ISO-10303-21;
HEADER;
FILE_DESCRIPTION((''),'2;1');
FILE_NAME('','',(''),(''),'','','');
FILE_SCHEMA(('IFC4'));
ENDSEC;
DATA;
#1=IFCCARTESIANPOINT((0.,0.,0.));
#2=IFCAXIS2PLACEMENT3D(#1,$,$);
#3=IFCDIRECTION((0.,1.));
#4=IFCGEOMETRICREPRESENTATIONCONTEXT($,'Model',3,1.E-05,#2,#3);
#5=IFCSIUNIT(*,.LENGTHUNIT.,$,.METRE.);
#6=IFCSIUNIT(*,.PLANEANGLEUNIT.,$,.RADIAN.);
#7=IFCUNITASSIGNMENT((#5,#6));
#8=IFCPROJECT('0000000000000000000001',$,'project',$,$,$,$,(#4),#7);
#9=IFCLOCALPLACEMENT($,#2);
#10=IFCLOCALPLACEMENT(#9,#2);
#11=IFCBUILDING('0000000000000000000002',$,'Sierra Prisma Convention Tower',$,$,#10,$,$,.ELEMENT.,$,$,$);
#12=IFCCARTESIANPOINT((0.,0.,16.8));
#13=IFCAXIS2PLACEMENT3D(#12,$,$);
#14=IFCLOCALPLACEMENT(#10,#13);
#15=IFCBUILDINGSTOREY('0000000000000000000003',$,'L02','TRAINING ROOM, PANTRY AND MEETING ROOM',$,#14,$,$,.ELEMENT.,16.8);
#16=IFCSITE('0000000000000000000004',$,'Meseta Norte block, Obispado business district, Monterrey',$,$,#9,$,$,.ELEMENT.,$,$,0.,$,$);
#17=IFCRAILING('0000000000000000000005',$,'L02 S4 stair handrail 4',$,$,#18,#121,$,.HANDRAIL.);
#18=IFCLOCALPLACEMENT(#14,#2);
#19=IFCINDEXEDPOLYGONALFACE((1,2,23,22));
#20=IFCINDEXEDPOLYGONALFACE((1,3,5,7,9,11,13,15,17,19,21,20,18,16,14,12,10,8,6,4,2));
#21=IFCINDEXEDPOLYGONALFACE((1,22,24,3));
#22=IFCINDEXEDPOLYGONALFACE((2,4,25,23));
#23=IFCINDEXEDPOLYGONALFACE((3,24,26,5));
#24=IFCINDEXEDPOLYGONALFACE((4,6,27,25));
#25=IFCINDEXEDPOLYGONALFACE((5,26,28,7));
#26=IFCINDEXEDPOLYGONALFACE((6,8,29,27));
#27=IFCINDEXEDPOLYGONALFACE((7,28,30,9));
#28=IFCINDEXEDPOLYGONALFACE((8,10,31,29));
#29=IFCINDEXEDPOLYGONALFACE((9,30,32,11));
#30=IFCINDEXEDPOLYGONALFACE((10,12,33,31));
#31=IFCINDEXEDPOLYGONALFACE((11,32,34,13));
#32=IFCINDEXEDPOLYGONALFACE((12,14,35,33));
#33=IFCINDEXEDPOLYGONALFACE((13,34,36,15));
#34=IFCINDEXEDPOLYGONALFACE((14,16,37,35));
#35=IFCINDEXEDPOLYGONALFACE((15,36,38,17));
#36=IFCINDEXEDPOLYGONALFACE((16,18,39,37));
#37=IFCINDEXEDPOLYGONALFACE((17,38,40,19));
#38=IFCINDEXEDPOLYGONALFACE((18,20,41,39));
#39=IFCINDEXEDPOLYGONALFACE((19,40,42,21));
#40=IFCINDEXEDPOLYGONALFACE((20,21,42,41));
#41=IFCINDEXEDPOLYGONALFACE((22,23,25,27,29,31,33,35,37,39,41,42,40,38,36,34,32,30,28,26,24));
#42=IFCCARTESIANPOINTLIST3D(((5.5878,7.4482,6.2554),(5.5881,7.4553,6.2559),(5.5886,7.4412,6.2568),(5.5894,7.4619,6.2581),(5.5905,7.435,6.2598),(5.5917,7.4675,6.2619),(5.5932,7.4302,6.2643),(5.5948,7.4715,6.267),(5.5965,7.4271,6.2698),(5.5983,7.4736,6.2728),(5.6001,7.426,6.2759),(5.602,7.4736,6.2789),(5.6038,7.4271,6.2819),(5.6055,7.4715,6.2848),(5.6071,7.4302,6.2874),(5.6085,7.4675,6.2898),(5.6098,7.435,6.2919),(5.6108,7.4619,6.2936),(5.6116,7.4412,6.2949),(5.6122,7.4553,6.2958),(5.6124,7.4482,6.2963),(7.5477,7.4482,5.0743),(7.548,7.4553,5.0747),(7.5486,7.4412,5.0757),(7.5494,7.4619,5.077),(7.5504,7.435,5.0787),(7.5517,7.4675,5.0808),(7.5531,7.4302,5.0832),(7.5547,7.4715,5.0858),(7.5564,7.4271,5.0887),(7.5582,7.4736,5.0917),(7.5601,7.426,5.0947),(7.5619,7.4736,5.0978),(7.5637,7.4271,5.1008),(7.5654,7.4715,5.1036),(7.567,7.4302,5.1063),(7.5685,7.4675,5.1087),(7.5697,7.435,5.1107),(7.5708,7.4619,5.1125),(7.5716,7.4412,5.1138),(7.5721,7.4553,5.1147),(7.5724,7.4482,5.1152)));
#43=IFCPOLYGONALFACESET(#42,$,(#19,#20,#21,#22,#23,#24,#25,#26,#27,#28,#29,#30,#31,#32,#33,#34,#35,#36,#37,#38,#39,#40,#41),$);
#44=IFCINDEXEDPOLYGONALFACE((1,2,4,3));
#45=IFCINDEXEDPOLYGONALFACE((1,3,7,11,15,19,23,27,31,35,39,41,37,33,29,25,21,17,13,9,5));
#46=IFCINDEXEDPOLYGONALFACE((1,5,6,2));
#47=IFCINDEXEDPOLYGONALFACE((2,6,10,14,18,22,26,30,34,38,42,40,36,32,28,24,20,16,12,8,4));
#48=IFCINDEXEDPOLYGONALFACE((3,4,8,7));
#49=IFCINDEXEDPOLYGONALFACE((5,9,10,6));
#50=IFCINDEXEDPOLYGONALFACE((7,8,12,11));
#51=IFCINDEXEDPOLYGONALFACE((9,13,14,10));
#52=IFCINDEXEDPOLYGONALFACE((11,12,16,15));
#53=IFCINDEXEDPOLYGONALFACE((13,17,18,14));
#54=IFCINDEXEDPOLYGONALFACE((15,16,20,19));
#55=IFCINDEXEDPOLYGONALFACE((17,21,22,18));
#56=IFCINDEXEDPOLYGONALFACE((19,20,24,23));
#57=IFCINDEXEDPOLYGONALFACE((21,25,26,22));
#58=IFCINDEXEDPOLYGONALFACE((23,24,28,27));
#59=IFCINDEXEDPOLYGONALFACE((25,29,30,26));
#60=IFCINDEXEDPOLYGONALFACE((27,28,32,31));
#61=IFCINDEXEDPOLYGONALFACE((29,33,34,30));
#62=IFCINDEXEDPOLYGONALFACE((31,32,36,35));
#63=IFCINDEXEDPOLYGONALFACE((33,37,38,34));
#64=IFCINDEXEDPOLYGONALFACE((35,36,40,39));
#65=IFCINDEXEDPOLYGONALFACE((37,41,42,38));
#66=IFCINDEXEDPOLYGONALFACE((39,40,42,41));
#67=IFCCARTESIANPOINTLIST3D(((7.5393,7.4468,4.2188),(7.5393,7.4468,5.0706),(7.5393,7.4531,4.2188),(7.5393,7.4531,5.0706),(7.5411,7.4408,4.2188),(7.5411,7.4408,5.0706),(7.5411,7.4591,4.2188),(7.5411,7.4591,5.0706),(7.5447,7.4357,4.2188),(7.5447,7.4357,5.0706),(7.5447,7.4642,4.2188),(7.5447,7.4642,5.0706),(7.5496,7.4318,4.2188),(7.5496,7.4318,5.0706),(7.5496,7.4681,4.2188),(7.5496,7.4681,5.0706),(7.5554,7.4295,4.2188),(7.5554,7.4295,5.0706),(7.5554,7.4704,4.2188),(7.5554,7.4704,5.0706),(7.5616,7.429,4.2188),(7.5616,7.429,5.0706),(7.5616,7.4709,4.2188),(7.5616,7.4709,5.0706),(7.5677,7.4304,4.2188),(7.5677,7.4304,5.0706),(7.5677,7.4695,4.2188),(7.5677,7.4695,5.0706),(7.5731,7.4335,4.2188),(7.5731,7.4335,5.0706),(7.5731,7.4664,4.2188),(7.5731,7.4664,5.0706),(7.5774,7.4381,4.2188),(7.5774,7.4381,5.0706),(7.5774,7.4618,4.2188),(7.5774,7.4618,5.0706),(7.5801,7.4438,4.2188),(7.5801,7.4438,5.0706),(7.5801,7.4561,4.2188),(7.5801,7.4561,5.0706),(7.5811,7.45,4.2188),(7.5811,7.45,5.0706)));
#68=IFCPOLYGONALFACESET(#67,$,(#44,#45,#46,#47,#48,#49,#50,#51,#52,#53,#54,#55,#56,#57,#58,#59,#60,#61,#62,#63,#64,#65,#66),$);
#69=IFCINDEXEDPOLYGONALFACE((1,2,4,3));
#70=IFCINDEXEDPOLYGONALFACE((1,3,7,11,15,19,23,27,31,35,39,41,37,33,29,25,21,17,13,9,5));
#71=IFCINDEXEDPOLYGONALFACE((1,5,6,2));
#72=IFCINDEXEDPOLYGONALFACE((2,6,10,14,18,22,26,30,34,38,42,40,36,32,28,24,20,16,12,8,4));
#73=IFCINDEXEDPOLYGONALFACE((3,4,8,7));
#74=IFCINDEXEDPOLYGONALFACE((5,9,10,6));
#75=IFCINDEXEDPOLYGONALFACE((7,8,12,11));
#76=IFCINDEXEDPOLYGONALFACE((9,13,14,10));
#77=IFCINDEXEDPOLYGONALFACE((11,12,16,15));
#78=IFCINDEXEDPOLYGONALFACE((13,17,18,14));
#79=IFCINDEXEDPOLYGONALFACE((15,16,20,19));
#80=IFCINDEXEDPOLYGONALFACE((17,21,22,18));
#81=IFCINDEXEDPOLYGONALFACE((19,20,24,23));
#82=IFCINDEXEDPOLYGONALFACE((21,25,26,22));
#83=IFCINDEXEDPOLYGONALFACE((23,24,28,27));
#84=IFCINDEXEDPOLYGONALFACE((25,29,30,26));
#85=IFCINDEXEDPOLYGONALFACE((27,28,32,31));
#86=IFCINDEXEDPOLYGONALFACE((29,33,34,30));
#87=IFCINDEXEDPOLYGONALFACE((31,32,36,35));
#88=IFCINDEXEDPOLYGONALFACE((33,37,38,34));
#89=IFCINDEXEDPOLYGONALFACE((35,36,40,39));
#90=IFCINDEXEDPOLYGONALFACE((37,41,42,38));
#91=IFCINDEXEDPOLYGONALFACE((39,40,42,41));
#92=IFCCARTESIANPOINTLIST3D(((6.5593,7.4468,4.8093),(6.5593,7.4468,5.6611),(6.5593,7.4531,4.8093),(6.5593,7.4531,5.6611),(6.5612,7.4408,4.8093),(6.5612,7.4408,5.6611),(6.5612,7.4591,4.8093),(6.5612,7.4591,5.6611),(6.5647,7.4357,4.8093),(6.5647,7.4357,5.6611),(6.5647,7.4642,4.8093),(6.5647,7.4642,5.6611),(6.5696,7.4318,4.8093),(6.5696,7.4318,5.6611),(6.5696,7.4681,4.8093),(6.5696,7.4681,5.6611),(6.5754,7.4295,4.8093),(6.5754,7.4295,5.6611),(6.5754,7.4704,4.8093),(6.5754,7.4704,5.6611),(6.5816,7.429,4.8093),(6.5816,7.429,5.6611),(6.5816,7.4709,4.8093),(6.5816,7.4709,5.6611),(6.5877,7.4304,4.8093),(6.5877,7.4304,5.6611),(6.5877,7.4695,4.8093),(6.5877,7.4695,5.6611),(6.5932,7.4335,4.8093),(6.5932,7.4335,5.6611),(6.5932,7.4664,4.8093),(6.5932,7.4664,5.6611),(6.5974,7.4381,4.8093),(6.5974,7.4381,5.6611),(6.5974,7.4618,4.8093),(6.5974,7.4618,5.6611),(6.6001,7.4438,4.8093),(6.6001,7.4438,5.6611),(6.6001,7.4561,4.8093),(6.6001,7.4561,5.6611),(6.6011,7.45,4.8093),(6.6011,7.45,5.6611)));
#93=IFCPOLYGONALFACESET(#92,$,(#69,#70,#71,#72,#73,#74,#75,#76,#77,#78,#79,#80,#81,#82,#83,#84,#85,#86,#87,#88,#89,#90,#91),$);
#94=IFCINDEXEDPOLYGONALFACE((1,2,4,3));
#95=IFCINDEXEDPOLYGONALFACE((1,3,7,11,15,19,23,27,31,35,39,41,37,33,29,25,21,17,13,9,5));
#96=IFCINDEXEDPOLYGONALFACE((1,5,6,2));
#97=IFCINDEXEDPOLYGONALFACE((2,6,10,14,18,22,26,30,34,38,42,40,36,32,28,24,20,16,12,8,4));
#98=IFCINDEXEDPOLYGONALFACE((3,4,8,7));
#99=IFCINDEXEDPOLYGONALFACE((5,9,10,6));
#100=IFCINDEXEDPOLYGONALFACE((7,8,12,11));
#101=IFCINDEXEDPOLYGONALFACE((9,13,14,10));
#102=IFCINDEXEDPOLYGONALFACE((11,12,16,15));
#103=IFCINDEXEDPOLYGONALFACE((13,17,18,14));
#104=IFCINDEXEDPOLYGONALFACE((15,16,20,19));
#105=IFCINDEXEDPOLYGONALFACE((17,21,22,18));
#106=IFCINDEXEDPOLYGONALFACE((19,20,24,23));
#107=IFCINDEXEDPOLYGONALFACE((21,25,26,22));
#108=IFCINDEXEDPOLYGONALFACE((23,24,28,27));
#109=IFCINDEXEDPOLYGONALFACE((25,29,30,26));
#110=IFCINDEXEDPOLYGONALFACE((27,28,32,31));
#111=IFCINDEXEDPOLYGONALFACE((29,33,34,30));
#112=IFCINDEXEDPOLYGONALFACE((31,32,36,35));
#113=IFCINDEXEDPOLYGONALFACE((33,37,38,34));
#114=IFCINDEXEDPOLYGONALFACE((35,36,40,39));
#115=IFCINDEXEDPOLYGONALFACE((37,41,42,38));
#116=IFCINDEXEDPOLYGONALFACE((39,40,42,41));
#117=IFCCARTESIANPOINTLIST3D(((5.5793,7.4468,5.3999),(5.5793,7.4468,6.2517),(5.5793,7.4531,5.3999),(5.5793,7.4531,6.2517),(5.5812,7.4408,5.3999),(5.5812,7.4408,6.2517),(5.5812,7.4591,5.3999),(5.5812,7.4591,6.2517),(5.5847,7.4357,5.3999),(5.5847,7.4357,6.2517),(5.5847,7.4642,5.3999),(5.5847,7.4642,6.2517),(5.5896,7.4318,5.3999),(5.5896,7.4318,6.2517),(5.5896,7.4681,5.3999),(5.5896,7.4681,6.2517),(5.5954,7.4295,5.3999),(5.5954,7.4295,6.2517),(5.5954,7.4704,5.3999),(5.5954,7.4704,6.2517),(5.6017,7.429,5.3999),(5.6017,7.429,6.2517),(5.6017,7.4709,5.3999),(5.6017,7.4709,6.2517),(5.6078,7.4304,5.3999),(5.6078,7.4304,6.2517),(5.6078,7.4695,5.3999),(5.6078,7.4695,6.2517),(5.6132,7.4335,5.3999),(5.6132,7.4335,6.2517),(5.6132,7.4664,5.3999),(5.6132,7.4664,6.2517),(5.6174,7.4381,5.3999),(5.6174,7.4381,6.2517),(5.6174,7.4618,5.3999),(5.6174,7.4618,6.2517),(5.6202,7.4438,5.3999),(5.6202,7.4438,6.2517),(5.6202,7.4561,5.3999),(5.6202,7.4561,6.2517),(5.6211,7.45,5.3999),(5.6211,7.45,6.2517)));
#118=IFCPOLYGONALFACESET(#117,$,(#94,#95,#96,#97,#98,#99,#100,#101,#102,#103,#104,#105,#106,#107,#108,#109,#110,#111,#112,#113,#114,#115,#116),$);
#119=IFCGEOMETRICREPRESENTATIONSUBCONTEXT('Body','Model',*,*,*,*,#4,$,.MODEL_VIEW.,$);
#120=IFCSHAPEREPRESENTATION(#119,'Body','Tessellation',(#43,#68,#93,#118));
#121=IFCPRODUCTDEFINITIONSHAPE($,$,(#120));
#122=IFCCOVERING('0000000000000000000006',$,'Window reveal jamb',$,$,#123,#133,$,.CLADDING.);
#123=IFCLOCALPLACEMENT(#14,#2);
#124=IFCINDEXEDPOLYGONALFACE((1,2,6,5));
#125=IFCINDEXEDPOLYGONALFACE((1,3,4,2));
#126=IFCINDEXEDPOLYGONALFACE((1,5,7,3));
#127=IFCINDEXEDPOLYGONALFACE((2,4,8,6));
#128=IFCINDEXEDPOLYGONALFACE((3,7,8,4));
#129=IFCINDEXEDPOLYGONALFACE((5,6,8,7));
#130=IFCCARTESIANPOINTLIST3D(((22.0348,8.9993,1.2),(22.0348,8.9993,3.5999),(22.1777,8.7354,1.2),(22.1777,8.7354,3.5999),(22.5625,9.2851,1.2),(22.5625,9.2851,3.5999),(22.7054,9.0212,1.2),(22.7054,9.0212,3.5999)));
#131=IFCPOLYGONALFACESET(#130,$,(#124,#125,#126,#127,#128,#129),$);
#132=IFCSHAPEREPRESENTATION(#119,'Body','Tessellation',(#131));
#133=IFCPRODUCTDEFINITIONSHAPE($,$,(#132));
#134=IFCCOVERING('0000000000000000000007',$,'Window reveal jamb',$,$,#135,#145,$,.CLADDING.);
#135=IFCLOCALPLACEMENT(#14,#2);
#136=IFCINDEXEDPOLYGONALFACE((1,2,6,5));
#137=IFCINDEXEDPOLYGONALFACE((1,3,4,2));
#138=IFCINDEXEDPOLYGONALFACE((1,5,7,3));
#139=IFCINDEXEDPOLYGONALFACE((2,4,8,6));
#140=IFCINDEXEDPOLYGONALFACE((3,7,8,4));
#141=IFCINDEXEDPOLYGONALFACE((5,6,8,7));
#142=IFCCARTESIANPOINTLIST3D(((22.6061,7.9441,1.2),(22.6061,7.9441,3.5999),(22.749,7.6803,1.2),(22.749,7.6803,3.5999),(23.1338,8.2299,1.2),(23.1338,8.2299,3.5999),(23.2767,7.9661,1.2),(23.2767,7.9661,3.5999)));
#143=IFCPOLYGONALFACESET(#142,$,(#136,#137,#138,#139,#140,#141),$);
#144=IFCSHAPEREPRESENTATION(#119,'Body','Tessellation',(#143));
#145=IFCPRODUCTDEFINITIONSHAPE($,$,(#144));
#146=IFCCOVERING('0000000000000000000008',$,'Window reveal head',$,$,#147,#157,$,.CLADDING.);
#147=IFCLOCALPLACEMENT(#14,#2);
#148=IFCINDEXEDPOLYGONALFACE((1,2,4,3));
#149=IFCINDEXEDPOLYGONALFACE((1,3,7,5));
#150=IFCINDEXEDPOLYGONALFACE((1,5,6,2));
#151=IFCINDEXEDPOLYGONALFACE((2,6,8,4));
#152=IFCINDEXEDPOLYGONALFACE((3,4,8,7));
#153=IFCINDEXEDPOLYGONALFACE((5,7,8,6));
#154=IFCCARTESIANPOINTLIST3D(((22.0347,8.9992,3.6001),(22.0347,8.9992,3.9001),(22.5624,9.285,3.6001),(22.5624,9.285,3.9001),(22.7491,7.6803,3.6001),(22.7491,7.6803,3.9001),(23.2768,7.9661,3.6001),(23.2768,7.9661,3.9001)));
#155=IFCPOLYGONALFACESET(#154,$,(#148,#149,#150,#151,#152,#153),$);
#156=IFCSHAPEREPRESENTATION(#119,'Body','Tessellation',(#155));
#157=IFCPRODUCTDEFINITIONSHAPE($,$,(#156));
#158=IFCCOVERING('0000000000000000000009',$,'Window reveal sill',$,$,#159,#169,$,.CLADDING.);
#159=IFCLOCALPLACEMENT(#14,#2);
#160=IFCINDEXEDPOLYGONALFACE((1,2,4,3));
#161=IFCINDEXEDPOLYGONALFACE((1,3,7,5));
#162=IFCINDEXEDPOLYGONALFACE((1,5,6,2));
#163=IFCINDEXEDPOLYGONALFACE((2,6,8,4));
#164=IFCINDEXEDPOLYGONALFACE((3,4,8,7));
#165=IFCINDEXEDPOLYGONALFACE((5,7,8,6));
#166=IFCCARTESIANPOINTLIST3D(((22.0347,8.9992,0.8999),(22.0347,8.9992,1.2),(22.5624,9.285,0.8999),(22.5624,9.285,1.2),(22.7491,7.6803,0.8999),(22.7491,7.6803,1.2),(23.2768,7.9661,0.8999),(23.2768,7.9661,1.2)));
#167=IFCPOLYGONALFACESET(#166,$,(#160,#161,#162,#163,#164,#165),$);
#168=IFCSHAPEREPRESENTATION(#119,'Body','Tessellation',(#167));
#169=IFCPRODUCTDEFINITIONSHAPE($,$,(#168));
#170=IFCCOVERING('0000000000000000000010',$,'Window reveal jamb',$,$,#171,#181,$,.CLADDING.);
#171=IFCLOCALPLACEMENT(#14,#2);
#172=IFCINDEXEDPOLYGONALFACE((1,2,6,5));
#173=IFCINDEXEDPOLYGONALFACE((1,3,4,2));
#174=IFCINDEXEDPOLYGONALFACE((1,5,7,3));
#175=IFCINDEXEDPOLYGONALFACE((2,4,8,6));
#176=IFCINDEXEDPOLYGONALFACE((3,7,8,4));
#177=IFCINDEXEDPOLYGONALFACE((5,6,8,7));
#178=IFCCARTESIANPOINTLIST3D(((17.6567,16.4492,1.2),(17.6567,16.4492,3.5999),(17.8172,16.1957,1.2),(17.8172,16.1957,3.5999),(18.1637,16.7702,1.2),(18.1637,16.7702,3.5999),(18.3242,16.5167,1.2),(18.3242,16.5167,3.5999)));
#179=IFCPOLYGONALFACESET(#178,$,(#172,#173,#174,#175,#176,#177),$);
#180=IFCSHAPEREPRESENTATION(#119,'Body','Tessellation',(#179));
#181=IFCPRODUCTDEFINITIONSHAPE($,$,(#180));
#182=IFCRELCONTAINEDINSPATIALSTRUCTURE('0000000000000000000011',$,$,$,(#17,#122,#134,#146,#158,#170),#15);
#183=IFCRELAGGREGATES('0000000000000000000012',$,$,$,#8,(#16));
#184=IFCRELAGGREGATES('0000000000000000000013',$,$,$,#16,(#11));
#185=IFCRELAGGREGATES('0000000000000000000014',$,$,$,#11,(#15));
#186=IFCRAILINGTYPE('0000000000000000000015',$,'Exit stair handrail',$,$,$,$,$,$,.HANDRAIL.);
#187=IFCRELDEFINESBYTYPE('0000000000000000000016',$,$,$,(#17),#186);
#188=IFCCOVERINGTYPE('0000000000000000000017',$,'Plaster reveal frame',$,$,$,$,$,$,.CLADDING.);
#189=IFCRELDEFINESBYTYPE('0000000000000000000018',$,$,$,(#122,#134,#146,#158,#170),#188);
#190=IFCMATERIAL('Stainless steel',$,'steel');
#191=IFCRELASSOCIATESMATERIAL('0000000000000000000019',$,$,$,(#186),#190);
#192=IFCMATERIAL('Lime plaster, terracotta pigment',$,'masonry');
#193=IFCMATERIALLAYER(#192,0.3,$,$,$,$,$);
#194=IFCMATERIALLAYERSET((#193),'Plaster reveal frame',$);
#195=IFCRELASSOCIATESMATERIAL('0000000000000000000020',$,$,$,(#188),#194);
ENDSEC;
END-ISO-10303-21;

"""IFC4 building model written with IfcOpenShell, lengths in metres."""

from ifc_helpers import new_model, si_unit, direction, frame, origin, origin_2d, place, context, subcontext, project, spatial, rectangle, circle, extrude, material, layer, layer_set, type_object, element, save


model = new_model("IFC4")

# Units and contexts
model_context = context("Model", 3, precision=1e-05, world=origin(), true_north=direction((0.0, 1.0)))
body_context = subcontext(model_context, "Body", "Model", "MODEL_VIEW")
ifc_project = project(units=[si_unit("LENGTHUNIT", "METRE"), si_unit("PLANEANGLEUNIT", "RADIAN")], contexts=[model_context])

# Site, building, storey
site_placement = place(None, origin())
site = spatial("IfcSite", under=ifc_project, at=site_placement, Name="Meseta Norte block, Obispado business district, Monterrey", CompositionType="ELEMENT", RefElevation=0.0)
building_placement = place(site_placement, origin())
building = spatial("IfcBuilding", under=site, at=building_placement, Name="Sierra Prisma Convention Tower", CompositionType="ELEMENT")
storey_placement = place(building_placement, frame((0.0, 0.0, 16.8)))
storey = spatial("IfcBuildingStorey", under=building, at=storey_placement, Name="L02", Description="TRAINING ROOM, PANTRY AND MEETING ROOM", CompositionType="ELEMENT", Elevation=16.8)

# Railing
ifc_material_1 = material(Name="Stainless steel", Category="steel")
railing_type_1 = type_object("IfcRailingType", Name="Exit stair handrail", PredefinedType="HANDRAIL", material=ifc_material_1)
for number, where, name in (
    (1, (7.5601, 7.45, 4.2188), "L02 S4 stair handrail 4"),
):
    element("IfcRailing", number, at=place(storey_placement, frame(where)), inside=storey, type_object=railing_type_1, Name=name, PredefinedType="HANDRAIL", context=body_context, shape_type="SweptSolid", body=[
        extrude(circle(Radius=0.0239, at=origin_2d()), frame((0.0, 0.0, 0.876), z_axis=(-0.856493, 0.0, 0.516158), x_axis=(0.0, -1.0, 0.0)), (0.0, 0.0, 1.0), 2.2883),
        extrude(circle(Radius=0.021, at=origin_2d()), origin(), (0.0, 0.0, 1.0), 0.8518),
        extrude(circle(Radius=0.021, at=origin_2d()), frame((-0.98, 0.0, 0.5906)), (0.0, 0.0, 1.0), 0.8518),
        extrude(circle(Radius=0.021, at=origin_2d()), frame((-1.96, 0.0, 1.1812)), (0.0, 0.0, 1.0), 0.8518),
    ])

# Coverings
ifc_material_2 = material(Name="Lime plaster, terracotta pigment", Category="masonry")
ifc_layer_1 = layer(ifc_material_2, 0.3)
ifc_layer_set_1 = layer_set([ifc_layer_1], Name="Plaster reveal frame")
covering_type = type_object("IfcCoveringType", Name="Plaster reveal frame", PredefinedType="CLADDING", material=ifc_layer_set_1)
for number, where, z_axis, x_axis, name in (
    (2, (22.3701, 9.0103, 1.2), (0.0, 0.0, 1.0), (0.476257, -0.879306, 0.0), "Window reveal jamb"),
    (3, (22.9414, 7.9551, 1.2), (0.0, 0.0, 1.0), (0.476257, -0.879306, 0.0), "Window reveal jamb"),
):
    element("IfcCovering", number, at=place(storey_placement, frame(where, z_axis=z_axis, x_axis=x_axis)), inside=storey, type_object=covering_type, Name=name, PredefinedType="CLADDING", context=body_context, shape_type="SweptSolid", body=[
        extrude(rectangle(XDim=0.3, YDim=0.6001, at=origin_2d()), origin(), (0.0, 0.0, 1.0), 2.3999),
    ])
for number, where, z_axis, x_axis, name in (
    (4, (22.6558, 8.4827, 3.6001), (0.0, 0.0, 1.0), (0.476257, -0.879306, 0.0), "Window reveal head"),
    (5, (22.6558, 8.4827, 0.8999), (0.0, 0.0, 1.0), (0.476257, -0.879306, 0.0), "Window reveal sill"),
):
    element("IfcCovering", number, at=place(storey_placement, frame(where, z_axis=z_axis, x_axis=x_axis)), inside=storey, type_object=covering_type, Name=name, PredefinedType="CLADDING", context=body_context, shape_type="SweptSolid", body=[
        extrude(rectangle(XDim=1.5, YDim=0.6001, at=origin_2d()), origin(), (0.0, 0.0, 1.0), 0.3),
    ])
covering_placement = place(storey_placement, frame((17.9905, 16.4829, 1.2), z_axis=(0.0, 0.0, 1.0), x_axis=(0.534914, -0.844906, 0.0)))
element("IfcCovering", 6, at=covering_placement, inside=storey, type_object=covering_type, Name="Window reveal jamb", PredefinedType="CLADDING", context=body_context, shape_type="SweptSolid", body=[
    extrude(rectangle(XDim=0.3, YDim=0.6001, at=origin_2d()), origin(), (0.0, 0.0, 1.0), 2.3999),
])

save(model, "model.ifc")
